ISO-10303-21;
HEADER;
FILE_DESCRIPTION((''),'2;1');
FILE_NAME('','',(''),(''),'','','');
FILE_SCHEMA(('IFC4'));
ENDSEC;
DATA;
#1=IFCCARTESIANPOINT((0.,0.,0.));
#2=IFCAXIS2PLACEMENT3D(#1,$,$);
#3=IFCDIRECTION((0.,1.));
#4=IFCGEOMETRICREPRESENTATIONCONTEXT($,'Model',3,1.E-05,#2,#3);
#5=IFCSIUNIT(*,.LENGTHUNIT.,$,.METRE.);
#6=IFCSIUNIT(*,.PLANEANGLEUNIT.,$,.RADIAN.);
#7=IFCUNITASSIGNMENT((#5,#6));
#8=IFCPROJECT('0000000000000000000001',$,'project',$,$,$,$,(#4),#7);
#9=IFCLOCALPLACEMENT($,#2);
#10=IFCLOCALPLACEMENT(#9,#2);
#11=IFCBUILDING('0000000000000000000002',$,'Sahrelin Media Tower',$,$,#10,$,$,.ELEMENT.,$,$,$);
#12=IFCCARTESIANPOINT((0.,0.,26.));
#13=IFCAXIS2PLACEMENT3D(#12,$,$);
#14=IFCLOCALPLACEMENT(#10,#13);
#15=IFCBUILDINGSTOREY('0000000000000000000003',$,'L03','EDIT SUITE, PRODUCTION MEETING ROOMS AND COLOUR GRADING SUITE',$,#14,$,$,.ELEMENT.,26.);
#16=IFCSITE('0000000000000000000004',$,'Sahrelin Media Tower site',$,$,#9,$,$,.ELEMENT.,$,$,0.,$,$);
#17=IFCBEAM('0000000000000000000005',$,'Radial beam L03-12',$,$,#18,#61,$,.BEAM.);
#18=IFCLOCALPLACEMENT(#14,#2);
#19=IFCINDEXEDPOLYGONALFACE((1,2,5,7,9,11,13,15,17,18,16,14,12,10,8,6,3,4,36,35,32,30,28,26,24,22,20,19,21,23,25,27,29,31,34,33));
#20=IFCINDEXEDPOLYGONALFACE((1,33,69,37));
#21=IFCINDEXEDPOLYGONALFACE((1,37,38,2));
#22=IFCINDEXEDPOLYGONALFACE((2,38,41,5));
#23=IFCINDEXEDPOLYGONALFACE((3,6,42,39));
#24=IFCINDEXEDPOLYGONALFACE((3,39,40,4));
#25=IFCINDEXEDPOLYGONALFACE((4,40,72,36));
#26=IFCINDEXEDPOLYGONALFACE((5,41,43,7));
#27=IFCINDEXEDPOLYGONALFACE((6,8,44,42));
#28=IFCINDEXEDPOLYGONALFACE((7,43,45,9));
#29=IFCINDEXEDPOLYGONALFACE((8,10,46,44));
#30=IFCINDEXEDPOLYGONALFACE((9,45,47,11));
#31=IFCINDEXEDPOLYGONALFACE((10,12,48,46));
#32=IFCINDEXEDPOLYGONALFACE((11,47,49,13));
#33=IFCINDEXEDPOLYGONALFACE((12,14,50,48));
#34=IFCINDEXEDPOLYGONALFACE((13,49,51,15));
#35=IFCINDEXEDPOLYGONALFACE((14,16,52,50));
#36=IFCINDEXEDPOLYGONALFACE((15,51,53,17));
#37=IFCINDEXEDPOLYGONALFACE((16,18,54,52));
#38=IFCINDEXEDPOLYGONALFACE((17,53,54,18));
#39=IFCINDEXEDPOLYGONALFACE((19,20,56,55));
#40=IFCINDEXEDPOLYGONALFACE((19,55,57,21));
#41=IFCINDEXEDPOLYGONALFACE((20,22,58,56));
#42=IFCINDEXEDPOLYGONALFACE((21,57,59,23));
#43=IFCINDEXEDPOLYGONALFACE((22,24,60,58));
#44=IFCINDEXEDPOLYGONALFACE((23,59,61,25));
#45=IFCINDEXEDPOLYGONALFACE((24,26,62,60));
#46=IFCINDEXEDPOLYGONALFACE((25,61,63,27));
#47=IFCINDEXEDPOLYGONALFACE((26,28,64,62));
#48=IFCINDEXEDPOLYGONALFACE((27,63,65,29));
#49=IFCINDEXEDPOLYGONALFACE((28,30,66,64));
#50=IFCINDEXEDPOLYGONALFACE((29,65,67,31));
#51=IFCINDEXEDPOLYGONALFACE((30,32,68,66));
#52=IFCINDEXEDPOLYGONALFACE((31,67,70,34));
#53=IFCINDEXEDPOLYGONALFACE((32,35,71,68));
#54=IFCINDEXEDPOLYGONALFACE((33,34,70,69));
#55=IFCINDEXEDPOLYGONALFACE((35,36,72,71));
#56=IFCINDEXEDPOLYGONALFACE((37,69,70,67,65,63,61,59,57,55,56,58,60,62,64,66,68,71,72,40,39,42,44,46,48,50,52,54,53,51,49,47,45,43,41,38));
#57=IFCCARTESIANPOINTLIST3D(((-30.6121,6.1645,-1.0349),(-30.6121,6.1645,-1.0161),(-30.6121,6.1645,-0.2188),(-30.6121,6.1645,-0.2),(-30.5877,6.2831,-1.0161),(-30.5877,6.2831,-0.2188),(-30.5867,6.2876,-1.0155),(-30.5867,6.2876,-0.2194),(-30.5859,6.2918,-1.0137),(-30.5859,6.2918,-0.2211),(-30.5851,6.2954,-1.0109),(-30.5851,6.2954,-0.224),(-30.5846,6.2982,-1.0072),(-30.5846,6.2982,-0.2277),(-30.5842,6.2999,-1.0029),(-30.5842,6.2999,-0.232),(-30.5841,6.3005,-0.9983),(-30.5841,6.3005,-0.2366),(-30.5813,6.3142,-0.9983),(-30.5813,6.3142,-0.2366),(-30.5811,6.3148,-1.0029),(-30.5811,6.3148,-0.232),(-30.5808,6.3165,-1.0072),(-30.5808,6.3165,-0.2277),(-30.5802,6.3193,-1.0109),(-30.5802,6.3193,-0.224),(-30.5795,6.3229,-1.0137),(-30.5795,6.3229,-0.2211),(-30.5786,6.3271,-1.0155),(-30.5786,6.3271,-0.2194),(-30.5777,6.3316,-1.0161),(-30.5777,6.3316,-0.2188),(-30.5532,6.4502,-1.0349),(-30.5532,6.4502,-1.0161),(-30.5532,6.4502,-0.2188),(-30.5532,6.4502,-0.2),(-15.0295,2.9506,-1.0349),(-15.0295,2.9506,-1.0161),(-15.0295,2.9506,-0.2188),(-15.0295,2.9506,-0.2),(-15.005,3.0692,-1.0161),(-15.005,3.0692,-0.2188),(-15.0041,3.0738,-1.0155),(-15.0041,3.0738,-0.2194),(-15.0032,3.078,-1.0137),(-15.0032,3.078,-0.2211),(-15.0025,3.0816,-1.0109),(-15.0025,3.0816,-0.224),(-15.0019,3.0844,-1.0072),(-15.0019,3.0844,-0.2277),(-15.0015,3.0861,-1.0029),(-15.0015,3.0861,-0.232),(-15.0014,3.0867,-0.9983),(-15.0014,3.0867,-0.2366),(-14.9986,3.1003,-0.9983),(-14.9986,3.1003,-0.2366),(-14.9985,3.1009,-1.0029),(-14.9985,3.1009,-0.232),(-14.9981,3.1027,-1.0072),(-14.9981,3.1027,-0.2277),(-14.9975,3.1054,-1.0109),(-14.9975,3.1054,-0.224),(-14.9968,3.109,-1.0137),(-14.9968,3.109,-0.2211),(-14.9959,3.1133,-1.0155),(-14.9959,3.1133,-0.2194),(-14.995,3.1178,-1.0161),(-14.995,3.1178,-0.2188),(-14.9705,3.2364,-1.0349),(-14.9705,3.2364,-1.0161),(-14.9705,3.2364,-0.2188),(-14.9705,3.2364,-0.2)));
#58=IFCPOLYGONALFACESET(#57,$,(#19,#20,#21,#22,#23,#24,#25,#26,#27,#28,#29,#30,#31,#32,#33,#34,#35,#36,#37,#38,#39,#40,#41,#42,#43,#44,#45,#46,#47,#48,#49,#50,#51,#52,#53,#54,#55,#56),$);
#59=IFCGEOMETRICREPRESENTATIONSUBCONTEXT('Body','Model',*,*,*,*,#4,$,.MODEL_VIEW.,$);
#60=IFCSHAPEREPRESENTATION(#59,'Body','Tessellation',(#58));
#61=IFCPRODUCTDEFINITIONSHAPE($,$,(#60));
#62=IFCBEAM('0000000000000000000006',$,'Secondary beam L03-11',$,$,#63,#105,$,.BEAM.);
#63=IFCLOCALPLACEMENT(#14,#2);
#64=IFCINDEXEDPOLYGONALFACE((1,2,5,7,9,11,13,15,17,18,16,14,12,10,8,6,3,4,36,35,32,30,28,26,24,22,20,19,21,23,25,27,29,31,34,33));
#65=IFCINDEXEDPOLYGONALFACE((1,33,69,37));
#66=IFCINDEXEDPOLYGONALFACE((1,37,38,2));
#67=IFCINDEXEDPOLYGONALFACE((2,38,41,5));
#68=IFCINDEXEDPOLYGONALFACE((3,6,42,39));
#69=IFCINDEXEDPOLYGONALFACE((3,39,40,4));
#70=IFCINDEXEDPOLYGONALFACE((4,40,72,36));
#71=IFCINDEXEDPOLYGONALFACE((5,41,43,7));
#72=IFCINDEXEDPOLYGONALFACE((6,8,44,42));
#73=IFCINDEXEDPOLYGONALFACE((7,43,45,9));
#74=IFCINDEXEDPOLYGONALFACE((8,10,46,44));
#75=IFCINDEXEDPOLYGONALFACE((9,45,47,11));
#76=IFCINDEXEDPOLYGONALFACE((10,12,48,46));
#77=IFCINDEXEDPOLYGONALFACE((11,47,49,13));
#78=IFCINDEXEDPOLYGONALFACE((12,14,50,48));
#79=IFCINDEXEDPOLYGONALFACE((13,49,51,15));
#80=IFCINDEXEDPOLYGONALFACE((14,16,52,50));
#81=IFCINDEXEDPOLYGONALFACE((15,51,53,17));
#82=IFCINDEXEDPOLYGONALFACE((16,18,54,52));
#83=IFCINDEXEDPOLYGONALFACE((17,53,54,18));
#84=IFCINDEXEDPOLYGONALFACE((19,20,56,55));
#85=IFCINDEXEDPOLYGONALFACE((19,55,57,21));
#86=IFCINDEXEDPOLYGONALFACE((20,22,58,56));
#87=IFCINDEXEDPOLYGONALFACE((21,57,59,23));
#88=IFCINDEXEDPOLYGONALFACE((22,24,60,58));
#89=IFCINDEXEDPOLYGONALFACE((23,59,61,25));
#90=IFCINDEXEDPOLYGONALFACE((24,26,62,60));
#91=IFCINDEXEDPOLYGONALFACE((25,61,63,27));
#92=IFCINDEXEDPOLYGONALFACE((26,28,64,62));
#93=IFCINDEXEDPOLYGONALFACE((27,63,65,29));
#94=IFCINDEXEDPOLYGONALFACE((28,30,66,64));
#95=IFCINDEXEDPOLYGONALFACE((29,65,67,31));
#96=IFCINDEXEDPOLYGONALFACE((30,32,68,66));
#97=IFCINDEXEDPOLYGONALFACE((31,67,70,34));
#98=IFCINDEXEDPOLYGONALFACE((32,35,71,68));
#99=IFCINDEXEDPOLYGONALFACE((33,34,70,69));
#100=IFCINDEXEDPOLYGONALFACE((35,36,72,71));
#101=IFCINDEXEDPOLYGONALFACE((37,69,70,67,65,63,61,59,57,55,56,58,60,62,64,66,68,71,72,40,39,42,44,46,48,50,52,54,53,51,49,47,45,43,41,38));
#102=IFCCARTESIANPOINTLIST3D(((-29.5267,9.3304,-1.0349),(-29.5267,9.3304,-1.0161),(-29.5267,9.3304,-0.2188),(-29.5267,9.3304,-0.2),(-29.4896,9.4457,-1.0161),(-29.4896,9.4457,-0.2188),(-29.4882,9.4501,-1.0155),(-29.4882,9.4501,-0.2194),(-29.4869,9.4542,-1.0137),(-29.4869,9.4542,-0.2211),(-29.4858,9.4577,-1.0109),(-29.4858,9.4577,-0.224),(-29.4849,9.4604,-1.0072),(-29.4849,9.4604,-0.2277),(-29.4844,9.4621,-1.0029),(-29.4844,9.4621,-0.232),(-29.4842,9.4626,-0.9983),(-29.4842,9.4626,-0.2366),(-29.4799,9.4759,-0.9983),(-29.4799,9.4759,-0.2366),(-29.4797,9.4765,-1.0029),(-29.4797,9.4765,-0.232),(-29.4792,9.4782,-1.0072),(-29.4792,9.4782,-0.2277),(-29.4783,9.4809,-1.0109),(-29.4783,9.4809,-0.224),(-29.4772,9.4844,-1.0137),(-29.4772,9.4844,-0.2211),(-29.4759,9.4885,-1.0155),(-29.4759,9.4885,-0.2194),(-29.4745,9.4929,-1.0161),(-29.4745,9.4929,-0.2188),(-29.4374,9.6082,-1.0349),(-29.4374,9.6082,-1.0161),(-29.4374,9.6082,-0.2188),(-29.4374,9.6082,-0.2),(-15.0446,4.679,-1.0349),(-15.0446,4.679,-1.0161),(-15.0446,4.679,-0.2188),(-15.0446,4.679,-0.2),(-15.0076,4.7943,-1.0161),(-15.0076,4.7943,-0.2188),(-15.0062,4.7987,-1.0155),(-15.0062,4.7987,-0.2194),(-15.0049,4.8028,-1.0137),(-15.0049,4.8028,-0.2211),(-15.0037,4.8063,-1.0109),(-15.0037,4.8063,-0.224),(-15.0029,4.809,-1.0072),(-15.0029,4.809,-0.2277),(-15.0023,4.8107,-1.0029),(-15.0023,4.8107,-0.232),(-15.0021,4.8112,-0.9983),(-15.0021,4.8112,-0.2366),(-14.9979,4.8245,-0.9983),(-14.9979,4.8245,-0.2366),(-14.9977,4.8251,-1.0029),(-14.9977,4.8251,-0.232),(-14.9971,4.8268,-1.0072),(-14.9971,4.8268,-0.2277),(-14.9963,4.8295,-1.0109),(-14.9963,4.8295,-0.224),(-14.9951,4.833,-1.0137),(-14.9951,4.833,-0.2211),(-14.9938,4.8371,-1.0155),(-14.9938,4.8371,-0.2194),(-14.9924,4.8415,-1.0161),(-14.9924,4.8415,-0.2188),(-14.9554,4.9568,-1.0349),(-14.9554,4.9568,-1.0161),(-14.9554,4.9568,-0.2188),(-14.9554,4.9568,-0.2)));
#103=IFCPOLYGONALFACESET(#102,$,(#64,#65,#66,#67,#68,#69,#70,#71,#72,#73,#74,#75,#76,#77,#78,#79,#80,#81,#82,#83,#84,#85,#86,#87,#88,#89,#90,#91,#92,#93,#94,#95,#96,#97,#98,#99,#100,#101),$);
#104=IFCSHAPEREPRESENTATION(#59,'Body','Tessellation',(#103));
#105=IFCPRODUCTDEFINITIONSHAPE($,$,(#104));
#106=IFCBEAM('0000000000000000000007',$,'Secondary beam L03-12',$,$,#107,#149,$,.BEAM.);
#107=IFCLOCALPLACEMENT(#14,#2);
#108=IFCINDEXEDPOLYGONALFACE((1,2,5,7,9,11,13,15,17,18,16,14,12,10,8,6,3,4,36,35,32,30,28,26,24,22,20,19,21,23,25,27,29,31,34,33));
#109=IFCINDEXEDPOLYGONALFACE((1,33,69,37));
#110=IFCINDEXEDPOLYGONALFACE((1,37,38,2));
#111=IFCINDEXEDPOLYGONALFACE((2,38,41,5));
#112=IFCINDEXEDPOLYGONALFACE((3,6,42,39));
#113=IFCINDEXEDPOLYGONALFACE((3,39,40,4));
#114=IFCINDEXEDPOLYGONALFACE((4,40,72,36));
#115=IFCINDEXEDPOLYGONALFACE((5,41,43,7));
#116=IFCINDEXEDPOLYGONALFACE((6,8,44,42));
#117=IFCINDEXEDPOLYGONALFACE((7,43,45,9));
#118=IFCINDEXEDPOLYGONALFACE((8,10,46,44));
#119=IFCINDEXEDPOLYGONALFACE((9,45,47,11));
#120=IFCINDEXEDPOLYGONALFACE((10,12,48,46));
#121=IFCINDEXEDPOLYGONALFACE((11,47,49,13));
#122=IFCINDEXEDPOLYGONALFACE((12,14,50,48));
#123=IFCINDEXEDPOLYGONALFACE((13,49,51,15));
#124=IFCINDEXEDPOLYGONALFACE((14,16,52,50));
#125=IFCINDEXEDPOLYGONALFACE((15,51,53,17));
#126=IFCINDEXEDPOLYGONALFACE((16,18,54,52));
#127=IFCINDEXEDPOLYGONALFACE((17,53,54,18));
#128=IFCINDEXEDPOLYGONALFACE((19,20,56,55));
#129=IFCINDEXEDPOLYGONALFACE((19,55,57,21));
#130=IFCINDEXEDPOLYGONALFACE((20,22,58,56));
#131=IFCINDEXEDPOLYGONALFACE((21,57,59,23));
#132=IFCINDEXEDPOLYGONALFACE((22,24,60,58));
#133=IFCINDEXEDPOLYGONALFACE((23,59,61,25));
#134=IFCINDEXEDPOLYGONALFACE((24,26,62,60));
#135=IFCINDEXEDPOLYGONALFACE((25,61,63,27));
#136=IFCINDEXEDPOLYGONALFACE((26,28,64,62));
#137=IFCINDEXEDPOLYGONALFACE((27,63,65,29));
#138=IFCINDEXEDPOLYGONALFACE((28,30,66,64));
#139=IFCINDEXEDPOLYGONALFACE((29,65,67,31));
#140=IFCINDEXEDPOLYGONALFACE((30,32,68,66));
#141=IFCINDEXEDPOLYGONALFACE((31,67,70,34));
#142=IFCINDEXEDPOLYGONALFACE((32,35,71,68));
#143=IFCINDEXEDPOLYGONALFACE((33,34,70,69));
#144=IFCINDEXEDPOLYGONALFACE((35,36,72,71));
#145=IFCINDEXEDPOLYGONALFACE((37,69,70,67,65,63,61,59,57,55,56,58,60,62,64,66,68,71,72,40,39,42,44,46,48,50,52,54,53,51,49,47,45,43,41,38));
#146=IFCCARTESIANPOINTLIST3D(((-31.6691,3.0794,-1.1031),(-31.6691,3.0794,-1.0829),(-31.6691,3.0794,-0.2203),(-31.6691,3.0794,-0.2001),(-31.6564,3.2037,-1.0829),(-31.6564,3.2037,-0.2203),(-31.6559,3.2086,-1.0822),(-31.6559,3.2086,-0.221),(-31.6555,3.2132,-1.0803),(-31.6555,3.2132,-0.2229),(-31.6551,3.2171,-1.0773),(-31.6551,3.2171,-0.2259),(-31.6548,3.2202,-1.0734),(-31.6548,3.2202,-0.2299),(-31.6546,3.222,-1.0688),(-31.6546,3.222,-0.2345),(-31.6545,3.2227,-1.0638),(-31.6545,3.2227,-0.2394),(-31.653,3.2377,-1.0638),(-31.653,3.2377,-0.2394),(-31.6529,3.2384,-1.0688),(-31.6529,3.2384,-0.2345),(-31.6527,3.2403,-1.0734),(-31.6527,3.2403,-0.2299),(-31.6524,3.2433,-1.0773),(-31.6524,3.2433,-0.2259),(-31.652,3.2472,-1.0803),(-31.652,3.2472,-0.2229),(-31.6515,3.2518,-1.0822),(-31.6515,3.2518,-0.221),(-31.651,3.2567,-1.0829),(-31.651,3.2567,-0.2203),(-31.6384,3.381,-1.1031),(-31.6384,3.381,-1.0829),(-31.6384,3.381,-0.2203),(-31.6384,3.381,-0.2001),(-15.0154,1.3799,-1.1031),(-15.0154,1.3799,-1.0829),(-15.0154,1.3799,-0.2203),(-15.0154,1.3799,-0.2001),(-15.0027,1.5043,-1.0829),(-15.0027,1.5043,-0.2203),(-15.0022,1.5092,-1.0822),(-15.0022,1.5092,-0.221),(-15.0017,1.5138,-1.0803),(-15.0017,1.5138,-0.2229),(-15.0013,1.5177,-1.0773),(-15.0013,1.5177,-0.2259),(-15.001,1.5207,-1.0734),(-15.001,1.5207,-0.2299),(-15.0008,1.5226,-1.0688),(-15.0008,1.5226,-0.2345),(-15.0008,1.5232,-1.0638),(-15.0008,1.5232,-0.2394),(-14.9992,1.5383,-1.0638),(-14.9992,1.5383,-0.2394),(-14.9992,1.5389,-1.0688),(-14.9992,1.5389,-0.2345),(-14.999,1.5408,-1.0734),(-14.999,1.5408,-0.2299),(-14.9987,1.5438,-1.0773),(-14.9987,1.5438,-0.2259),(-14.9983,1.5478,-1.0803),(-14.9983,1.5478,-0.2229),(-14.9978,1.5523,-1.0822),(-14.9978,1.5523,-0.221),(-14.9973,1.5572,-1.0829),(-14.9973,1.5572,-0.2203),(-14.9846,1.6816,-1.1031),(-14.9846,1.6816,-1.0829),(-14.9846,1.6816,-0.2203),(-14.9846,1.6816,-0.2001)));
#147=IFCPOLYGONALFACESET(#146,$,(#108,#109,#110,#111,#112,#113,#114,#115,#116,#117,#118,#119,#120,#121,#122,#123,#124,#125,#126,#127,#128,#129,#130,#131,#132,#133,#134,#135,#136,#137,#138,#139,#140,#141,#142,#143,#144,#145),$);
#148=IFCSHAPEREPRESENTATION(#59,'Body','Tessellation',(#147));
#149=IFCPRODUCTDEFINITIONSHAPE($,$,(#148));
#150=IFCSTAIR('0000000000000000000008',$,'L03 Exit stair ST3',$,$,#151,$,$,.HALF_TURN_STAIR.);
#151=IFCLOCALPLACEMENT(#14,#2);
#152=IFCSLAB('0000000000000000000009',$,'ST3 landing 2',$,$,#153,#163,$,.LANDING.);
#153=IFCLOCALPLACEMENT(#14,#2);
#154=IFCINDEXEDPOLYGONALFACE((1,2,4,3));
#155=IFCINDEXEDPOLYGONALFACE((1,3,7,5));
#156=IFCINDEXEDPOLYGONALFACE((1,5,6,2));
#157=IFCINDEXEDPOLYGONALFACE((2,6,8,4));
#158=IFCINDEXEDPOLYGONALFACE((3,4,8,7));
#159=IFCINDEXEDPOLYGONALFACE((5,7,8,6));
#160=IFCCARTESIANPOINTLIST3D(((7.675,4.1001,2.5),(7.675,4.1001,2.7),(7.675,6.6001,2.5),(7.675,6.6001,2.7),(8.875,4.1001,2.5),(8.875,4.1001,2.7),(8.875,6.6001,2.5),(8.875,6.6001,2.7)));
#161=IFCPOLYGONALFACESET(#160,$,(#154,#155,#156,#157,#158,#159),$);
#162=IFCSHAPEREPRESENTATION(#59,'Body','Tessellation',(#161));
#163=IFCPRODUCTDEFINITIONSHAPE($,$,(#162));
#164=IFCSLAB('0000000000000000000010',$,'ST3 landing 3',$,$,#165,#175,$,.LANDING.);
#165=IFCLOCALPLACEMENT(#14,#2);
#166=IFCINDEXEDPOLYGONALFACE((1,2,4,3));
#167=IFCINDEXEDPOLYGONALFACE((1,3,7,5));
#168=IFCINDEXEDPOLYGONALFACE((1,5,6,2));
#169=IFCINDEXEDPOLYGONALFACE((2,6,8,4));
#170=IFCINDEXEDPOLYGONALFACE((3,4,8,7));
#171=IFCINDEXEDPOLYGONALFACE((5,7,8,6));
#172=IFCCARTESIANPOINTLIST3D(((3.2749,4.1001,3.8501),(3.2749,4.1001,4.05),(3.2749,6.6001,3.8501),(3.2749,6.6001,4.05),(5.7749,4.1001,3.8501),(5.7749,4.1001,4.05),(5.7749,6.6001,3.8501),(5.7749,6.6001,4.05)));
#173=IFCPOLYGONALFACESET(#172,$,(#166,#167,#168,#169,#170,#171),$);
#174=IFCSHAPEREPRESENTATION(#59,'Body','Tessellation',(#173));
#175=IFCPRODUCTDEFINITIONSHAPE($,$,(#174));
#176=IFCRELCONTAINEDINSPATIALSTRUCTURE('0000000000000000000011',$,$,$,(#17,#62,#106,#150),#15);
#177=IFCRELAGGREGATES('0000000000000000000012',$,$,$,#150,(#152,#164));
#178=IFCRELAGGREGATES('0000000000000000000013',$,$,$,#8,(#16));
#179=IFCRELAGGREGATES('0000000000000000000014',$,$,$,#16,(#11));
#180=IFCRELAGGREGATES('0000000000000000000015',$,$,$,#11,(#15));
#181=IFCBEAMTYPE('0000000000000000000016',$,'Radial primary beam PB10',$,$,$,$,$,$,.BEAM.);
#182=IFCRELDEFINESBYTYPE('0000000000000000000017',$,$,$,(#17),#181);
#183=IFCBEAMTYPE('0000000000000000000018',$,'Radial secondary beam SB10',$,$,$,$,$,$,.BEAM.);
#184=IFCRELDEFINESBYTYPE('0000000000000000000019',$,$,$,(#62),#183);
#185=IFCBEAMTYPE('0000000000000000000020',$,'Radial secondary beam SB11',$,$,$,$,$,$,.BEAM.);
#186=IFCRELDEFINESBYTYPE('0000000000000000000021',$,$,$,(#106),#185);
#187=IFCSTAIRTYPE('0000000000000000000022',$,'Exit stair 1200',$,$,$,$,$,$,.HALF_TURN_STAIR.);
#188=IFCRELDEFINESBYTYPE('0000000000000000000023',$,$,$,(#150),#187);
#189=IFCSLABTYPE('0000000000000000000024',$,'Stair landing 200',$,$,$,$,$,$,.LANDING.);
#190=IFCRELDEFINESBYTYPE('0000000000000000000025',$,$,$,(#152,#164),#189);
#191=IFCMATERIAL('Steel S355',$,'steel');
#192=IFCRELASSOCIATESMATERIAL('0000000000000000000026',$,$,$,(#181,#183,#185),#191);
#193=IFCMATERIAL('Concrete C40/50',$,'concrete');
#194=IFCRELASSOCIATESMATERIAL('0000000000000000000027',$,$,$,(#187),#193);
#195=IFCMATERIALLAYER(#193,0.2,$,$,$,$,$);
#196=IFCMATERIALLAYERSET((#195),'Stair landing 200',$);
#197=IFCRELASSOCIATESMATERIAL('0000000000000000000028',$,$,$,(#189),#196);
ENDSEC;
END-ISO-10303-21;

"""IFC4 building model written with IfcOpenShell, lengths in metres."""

from ifc_helpers import new_model, si_unit, direction, frame, origin, origin_2d, place, context, subcontext, project, spatial, polyline, i_section, outline, extrude, material, layer, layer_set, material_profile, profile_set, type_object, element, aggregate, save


model = new_model("IFC4")

# Units and contexts
model_context = context("Model", 3, precision=1e-05, world=origin(), true_north=direction((0.0, 1.0)))
body_context = subcontext(model_context, "Body", "Model", "MODEL_VIEW")
ifc_project = project(units=[si_unit("LENGTHUNIT", "METRE"), si_unit("PLANEANGLEUNIT", "RADIAN")], contexts=[model_context])

# Site, building, storey
site_placement = place(None, origin())
site = spatial("IfcSite", under=ifc_project, at=site_placement, Name="Sahrelin Media Tower site", CompositionType="ELEMENT", RefElevation=0.0)
building_placement = place(site_placement, origin())
building = spatial("IfcBuilding", under=site, at=building_placement, Name="Sahrelin Media Tower", CompositionType="ELEMENT")
storey_placement = place(building_placement, frame((0.0, 0.0, 26.0)))
storey = spatial("IfcBuildingStorey", under=building, at=storey_placement, Name="L03", Description="EDIT SUITE, PRODUCTION MEETING ROOMS AND COLOUR GRADING SUITE", CompositionType="ELEMENT", Elevation=26.0)

# Beams
ifc_material_1 = material(Name="Steel S355", Category="steel")
ifc_material_profile_1 = material_profile(ifc_material_1, i_section(OverallWidth=0.2917, OverallDepth=0.835, WebThickness=0.0139, FlangeThickness=0.0188, FilletRadius=0.0178, at=origin_2d()), Name="UB 838x292x176")
ifc_profile_set_1 = profile_set([ifc_material_profile_1], Name="Steel S355")
beam_type_1 = type_object("IfcBeamType", Name="Radial primary beam PB10", PredefinedType="BEAM", material=ifc_profile_set_1)
beam_1_placement = place(storey_placement, frame((-15.0, 3.0935, -0.6174), z_axis=(-0.979387, 0.201994, 0.0), x_axis=(-0.201994, -0.979387, 0.0)))
element("IfcBeam", 1, at=beam_1_placement, inside=storey, type_object=beam_type_1, Name="Radial beam L03-12", PredefinedType="BEAM", context=body_context, shape_type="SweptSolid", body=[
    extrude(i_section(OverallWidth=0.2917, OverallDepth=0.835, WebThickness=0.0139, FlangeThickness=0.0188, FilletRadius=0.0178, at=origin_2d()), origin(), (0.0, 0.0, 1.0), 15.9106),
])
ifc_material_profile_2 = material_profile(ifc_material_1, i_section(OverallWidth=0.2917, OverallDepth=0.835, WebThickness=0.0139, FlangeThickness=0.0188, FilletRadius=0.0178, at=origin_2d()), Name="UB 838x292x176")
ifc_profile_set_2 = profile_set([ifc_material_profile_2], Name="Steel S355")
beam_type_2 = type_object("IfcBeamType", Name="Radial secondary beam SB10", PredefinedType="BEAM", material=ifc_profile_set_2)
beam_2_placement = place(storey_placement, frame((-15.0, 4.8179, -0.6174), z_axis=(-0.952096, 0.305798, 0.0), x_axis=(-0.305798, -0.952096, 0.0)))
element("IfcBeam", 2, at=beam_2_placement, inside=storey, type_object=beam_type_2, Name="Secondary beam L03-11", PredefinedType="BEAM", context=body_context, shape_type="SweptSolid", body=[
    extrude(i_section(OverallWidth=0.2917, OverallDepth=0.835, WebThickness=0.0139, FlangeThickness=0.0188, FilletRadius=0.0178, at=origin_2d()), origin(), (0.0, 0.0, 1.0), 15.2107),
])
ifc_material_profile_3 = material_profile(ifc_material_1, i_section(OverallWidth=0.3032, OverallDepth=0.9031, WebThickness=0.0151, FlangeThickness=0.0203, FilletRadius=0.019, at=origin_2d()), Name="UB 914x305x201")
ifc_profile_set_3 = profile_set([ifc_material_profile_3], Name="Steel S355")
beam_type_3 = type_object("IfcBeamType", Name="Radial secondary beam SB11", PredefinedType="BEAM", material=ifc_profile_set_3)
beam_3_placement = place(storey_placement, frame((-15.0, 1.5308, -0.6516), z_axis=(-0.994834, 0.101519, 0.0), x_axis=(-0.101519, -0.994834, 0.0)))
element("IfcBeam", 3, at=beam_3_placement, inside=storey, type_object=beam_type_3, Name="Secondary beam L03-12", PredefinedType="BEAM", context=body_context, shape_type="SweptSolid", body=[
    extrude(i_section(OverallWidth=0.3032, OverallDepth=0.9031, WebThickness=0.0151, FlangeThickness=0.0203, FilletRadius=0.019, at=origin_2d()), origin(), (0.0, 0.0, 1.0), 16.7402),
])

# Stair, slabs
ifc_material_2 = material(Name="Concrete C40/50", Category="concrete")
stair_type = type_object("IfcStairType", Name="Exit stair 1200", PredefinedType="HALF_TURN_STAIR", material=ifc_material_2)
stair_placement = place(storey_placement, origin())
stair = element("IfcStair", 4, at=stair_placement, inside=storey, type_object=stair_type, Name="L03 Exit stair ST3", PredefinedType="HALF_TURN_STAIR")
ifc_layer_1 = layer(ifc_material_2, 0.2)
ifc_layer_set_1 = layer_set([ifc_layer_1], Name="Stair landing 200")
slab_type = type_object("IfcSlabType", Name="Stair landing 200", PredefinedType="LANDING", material=ifc_layer_set_1)
slab_1_placement = place(storey_placement, frame((0.0, 0.0, 2.5)))
slab_1 = element("IfcSlab", 5, at=slab_1_placement, type_object=slab_type, Name="ST3 landing 2", PredefinedType="LANDING", context=body_context, shape_type="SweptSolid", body=[
    extrude(outline(polyline([(8.875, 6.6001), (7.675, 6.6001), (7.675, 4.1001), (8.875, 4.1001), (8.875, 6.6001)])), origin(), (0.0, 0.0, 1.0), 0.2),
])
slab_2_placement = place(storey_placement, frame((0.0, 0.0, 3.8501)))
slab_2 = element("IfcSlab", 6, at=slab_2_placement, type_object=slab_type, Name="ST3 landing 3", PredefinedType="LANDING", context=body_context, shape_type="SweptSolid", body=[
    extrude(outline(polyline([(5.7749, 6.6001), (3.2749, 6.6001), (3.2749, 4.1001), (5.7749, 4.1001), (5.7749, 6.6001)])), origin(), (0.0, 0.0, 1.0), 0.2),
])
aggregate(stair, [slab_1, slab_2])

save(model, "model.ifc")
